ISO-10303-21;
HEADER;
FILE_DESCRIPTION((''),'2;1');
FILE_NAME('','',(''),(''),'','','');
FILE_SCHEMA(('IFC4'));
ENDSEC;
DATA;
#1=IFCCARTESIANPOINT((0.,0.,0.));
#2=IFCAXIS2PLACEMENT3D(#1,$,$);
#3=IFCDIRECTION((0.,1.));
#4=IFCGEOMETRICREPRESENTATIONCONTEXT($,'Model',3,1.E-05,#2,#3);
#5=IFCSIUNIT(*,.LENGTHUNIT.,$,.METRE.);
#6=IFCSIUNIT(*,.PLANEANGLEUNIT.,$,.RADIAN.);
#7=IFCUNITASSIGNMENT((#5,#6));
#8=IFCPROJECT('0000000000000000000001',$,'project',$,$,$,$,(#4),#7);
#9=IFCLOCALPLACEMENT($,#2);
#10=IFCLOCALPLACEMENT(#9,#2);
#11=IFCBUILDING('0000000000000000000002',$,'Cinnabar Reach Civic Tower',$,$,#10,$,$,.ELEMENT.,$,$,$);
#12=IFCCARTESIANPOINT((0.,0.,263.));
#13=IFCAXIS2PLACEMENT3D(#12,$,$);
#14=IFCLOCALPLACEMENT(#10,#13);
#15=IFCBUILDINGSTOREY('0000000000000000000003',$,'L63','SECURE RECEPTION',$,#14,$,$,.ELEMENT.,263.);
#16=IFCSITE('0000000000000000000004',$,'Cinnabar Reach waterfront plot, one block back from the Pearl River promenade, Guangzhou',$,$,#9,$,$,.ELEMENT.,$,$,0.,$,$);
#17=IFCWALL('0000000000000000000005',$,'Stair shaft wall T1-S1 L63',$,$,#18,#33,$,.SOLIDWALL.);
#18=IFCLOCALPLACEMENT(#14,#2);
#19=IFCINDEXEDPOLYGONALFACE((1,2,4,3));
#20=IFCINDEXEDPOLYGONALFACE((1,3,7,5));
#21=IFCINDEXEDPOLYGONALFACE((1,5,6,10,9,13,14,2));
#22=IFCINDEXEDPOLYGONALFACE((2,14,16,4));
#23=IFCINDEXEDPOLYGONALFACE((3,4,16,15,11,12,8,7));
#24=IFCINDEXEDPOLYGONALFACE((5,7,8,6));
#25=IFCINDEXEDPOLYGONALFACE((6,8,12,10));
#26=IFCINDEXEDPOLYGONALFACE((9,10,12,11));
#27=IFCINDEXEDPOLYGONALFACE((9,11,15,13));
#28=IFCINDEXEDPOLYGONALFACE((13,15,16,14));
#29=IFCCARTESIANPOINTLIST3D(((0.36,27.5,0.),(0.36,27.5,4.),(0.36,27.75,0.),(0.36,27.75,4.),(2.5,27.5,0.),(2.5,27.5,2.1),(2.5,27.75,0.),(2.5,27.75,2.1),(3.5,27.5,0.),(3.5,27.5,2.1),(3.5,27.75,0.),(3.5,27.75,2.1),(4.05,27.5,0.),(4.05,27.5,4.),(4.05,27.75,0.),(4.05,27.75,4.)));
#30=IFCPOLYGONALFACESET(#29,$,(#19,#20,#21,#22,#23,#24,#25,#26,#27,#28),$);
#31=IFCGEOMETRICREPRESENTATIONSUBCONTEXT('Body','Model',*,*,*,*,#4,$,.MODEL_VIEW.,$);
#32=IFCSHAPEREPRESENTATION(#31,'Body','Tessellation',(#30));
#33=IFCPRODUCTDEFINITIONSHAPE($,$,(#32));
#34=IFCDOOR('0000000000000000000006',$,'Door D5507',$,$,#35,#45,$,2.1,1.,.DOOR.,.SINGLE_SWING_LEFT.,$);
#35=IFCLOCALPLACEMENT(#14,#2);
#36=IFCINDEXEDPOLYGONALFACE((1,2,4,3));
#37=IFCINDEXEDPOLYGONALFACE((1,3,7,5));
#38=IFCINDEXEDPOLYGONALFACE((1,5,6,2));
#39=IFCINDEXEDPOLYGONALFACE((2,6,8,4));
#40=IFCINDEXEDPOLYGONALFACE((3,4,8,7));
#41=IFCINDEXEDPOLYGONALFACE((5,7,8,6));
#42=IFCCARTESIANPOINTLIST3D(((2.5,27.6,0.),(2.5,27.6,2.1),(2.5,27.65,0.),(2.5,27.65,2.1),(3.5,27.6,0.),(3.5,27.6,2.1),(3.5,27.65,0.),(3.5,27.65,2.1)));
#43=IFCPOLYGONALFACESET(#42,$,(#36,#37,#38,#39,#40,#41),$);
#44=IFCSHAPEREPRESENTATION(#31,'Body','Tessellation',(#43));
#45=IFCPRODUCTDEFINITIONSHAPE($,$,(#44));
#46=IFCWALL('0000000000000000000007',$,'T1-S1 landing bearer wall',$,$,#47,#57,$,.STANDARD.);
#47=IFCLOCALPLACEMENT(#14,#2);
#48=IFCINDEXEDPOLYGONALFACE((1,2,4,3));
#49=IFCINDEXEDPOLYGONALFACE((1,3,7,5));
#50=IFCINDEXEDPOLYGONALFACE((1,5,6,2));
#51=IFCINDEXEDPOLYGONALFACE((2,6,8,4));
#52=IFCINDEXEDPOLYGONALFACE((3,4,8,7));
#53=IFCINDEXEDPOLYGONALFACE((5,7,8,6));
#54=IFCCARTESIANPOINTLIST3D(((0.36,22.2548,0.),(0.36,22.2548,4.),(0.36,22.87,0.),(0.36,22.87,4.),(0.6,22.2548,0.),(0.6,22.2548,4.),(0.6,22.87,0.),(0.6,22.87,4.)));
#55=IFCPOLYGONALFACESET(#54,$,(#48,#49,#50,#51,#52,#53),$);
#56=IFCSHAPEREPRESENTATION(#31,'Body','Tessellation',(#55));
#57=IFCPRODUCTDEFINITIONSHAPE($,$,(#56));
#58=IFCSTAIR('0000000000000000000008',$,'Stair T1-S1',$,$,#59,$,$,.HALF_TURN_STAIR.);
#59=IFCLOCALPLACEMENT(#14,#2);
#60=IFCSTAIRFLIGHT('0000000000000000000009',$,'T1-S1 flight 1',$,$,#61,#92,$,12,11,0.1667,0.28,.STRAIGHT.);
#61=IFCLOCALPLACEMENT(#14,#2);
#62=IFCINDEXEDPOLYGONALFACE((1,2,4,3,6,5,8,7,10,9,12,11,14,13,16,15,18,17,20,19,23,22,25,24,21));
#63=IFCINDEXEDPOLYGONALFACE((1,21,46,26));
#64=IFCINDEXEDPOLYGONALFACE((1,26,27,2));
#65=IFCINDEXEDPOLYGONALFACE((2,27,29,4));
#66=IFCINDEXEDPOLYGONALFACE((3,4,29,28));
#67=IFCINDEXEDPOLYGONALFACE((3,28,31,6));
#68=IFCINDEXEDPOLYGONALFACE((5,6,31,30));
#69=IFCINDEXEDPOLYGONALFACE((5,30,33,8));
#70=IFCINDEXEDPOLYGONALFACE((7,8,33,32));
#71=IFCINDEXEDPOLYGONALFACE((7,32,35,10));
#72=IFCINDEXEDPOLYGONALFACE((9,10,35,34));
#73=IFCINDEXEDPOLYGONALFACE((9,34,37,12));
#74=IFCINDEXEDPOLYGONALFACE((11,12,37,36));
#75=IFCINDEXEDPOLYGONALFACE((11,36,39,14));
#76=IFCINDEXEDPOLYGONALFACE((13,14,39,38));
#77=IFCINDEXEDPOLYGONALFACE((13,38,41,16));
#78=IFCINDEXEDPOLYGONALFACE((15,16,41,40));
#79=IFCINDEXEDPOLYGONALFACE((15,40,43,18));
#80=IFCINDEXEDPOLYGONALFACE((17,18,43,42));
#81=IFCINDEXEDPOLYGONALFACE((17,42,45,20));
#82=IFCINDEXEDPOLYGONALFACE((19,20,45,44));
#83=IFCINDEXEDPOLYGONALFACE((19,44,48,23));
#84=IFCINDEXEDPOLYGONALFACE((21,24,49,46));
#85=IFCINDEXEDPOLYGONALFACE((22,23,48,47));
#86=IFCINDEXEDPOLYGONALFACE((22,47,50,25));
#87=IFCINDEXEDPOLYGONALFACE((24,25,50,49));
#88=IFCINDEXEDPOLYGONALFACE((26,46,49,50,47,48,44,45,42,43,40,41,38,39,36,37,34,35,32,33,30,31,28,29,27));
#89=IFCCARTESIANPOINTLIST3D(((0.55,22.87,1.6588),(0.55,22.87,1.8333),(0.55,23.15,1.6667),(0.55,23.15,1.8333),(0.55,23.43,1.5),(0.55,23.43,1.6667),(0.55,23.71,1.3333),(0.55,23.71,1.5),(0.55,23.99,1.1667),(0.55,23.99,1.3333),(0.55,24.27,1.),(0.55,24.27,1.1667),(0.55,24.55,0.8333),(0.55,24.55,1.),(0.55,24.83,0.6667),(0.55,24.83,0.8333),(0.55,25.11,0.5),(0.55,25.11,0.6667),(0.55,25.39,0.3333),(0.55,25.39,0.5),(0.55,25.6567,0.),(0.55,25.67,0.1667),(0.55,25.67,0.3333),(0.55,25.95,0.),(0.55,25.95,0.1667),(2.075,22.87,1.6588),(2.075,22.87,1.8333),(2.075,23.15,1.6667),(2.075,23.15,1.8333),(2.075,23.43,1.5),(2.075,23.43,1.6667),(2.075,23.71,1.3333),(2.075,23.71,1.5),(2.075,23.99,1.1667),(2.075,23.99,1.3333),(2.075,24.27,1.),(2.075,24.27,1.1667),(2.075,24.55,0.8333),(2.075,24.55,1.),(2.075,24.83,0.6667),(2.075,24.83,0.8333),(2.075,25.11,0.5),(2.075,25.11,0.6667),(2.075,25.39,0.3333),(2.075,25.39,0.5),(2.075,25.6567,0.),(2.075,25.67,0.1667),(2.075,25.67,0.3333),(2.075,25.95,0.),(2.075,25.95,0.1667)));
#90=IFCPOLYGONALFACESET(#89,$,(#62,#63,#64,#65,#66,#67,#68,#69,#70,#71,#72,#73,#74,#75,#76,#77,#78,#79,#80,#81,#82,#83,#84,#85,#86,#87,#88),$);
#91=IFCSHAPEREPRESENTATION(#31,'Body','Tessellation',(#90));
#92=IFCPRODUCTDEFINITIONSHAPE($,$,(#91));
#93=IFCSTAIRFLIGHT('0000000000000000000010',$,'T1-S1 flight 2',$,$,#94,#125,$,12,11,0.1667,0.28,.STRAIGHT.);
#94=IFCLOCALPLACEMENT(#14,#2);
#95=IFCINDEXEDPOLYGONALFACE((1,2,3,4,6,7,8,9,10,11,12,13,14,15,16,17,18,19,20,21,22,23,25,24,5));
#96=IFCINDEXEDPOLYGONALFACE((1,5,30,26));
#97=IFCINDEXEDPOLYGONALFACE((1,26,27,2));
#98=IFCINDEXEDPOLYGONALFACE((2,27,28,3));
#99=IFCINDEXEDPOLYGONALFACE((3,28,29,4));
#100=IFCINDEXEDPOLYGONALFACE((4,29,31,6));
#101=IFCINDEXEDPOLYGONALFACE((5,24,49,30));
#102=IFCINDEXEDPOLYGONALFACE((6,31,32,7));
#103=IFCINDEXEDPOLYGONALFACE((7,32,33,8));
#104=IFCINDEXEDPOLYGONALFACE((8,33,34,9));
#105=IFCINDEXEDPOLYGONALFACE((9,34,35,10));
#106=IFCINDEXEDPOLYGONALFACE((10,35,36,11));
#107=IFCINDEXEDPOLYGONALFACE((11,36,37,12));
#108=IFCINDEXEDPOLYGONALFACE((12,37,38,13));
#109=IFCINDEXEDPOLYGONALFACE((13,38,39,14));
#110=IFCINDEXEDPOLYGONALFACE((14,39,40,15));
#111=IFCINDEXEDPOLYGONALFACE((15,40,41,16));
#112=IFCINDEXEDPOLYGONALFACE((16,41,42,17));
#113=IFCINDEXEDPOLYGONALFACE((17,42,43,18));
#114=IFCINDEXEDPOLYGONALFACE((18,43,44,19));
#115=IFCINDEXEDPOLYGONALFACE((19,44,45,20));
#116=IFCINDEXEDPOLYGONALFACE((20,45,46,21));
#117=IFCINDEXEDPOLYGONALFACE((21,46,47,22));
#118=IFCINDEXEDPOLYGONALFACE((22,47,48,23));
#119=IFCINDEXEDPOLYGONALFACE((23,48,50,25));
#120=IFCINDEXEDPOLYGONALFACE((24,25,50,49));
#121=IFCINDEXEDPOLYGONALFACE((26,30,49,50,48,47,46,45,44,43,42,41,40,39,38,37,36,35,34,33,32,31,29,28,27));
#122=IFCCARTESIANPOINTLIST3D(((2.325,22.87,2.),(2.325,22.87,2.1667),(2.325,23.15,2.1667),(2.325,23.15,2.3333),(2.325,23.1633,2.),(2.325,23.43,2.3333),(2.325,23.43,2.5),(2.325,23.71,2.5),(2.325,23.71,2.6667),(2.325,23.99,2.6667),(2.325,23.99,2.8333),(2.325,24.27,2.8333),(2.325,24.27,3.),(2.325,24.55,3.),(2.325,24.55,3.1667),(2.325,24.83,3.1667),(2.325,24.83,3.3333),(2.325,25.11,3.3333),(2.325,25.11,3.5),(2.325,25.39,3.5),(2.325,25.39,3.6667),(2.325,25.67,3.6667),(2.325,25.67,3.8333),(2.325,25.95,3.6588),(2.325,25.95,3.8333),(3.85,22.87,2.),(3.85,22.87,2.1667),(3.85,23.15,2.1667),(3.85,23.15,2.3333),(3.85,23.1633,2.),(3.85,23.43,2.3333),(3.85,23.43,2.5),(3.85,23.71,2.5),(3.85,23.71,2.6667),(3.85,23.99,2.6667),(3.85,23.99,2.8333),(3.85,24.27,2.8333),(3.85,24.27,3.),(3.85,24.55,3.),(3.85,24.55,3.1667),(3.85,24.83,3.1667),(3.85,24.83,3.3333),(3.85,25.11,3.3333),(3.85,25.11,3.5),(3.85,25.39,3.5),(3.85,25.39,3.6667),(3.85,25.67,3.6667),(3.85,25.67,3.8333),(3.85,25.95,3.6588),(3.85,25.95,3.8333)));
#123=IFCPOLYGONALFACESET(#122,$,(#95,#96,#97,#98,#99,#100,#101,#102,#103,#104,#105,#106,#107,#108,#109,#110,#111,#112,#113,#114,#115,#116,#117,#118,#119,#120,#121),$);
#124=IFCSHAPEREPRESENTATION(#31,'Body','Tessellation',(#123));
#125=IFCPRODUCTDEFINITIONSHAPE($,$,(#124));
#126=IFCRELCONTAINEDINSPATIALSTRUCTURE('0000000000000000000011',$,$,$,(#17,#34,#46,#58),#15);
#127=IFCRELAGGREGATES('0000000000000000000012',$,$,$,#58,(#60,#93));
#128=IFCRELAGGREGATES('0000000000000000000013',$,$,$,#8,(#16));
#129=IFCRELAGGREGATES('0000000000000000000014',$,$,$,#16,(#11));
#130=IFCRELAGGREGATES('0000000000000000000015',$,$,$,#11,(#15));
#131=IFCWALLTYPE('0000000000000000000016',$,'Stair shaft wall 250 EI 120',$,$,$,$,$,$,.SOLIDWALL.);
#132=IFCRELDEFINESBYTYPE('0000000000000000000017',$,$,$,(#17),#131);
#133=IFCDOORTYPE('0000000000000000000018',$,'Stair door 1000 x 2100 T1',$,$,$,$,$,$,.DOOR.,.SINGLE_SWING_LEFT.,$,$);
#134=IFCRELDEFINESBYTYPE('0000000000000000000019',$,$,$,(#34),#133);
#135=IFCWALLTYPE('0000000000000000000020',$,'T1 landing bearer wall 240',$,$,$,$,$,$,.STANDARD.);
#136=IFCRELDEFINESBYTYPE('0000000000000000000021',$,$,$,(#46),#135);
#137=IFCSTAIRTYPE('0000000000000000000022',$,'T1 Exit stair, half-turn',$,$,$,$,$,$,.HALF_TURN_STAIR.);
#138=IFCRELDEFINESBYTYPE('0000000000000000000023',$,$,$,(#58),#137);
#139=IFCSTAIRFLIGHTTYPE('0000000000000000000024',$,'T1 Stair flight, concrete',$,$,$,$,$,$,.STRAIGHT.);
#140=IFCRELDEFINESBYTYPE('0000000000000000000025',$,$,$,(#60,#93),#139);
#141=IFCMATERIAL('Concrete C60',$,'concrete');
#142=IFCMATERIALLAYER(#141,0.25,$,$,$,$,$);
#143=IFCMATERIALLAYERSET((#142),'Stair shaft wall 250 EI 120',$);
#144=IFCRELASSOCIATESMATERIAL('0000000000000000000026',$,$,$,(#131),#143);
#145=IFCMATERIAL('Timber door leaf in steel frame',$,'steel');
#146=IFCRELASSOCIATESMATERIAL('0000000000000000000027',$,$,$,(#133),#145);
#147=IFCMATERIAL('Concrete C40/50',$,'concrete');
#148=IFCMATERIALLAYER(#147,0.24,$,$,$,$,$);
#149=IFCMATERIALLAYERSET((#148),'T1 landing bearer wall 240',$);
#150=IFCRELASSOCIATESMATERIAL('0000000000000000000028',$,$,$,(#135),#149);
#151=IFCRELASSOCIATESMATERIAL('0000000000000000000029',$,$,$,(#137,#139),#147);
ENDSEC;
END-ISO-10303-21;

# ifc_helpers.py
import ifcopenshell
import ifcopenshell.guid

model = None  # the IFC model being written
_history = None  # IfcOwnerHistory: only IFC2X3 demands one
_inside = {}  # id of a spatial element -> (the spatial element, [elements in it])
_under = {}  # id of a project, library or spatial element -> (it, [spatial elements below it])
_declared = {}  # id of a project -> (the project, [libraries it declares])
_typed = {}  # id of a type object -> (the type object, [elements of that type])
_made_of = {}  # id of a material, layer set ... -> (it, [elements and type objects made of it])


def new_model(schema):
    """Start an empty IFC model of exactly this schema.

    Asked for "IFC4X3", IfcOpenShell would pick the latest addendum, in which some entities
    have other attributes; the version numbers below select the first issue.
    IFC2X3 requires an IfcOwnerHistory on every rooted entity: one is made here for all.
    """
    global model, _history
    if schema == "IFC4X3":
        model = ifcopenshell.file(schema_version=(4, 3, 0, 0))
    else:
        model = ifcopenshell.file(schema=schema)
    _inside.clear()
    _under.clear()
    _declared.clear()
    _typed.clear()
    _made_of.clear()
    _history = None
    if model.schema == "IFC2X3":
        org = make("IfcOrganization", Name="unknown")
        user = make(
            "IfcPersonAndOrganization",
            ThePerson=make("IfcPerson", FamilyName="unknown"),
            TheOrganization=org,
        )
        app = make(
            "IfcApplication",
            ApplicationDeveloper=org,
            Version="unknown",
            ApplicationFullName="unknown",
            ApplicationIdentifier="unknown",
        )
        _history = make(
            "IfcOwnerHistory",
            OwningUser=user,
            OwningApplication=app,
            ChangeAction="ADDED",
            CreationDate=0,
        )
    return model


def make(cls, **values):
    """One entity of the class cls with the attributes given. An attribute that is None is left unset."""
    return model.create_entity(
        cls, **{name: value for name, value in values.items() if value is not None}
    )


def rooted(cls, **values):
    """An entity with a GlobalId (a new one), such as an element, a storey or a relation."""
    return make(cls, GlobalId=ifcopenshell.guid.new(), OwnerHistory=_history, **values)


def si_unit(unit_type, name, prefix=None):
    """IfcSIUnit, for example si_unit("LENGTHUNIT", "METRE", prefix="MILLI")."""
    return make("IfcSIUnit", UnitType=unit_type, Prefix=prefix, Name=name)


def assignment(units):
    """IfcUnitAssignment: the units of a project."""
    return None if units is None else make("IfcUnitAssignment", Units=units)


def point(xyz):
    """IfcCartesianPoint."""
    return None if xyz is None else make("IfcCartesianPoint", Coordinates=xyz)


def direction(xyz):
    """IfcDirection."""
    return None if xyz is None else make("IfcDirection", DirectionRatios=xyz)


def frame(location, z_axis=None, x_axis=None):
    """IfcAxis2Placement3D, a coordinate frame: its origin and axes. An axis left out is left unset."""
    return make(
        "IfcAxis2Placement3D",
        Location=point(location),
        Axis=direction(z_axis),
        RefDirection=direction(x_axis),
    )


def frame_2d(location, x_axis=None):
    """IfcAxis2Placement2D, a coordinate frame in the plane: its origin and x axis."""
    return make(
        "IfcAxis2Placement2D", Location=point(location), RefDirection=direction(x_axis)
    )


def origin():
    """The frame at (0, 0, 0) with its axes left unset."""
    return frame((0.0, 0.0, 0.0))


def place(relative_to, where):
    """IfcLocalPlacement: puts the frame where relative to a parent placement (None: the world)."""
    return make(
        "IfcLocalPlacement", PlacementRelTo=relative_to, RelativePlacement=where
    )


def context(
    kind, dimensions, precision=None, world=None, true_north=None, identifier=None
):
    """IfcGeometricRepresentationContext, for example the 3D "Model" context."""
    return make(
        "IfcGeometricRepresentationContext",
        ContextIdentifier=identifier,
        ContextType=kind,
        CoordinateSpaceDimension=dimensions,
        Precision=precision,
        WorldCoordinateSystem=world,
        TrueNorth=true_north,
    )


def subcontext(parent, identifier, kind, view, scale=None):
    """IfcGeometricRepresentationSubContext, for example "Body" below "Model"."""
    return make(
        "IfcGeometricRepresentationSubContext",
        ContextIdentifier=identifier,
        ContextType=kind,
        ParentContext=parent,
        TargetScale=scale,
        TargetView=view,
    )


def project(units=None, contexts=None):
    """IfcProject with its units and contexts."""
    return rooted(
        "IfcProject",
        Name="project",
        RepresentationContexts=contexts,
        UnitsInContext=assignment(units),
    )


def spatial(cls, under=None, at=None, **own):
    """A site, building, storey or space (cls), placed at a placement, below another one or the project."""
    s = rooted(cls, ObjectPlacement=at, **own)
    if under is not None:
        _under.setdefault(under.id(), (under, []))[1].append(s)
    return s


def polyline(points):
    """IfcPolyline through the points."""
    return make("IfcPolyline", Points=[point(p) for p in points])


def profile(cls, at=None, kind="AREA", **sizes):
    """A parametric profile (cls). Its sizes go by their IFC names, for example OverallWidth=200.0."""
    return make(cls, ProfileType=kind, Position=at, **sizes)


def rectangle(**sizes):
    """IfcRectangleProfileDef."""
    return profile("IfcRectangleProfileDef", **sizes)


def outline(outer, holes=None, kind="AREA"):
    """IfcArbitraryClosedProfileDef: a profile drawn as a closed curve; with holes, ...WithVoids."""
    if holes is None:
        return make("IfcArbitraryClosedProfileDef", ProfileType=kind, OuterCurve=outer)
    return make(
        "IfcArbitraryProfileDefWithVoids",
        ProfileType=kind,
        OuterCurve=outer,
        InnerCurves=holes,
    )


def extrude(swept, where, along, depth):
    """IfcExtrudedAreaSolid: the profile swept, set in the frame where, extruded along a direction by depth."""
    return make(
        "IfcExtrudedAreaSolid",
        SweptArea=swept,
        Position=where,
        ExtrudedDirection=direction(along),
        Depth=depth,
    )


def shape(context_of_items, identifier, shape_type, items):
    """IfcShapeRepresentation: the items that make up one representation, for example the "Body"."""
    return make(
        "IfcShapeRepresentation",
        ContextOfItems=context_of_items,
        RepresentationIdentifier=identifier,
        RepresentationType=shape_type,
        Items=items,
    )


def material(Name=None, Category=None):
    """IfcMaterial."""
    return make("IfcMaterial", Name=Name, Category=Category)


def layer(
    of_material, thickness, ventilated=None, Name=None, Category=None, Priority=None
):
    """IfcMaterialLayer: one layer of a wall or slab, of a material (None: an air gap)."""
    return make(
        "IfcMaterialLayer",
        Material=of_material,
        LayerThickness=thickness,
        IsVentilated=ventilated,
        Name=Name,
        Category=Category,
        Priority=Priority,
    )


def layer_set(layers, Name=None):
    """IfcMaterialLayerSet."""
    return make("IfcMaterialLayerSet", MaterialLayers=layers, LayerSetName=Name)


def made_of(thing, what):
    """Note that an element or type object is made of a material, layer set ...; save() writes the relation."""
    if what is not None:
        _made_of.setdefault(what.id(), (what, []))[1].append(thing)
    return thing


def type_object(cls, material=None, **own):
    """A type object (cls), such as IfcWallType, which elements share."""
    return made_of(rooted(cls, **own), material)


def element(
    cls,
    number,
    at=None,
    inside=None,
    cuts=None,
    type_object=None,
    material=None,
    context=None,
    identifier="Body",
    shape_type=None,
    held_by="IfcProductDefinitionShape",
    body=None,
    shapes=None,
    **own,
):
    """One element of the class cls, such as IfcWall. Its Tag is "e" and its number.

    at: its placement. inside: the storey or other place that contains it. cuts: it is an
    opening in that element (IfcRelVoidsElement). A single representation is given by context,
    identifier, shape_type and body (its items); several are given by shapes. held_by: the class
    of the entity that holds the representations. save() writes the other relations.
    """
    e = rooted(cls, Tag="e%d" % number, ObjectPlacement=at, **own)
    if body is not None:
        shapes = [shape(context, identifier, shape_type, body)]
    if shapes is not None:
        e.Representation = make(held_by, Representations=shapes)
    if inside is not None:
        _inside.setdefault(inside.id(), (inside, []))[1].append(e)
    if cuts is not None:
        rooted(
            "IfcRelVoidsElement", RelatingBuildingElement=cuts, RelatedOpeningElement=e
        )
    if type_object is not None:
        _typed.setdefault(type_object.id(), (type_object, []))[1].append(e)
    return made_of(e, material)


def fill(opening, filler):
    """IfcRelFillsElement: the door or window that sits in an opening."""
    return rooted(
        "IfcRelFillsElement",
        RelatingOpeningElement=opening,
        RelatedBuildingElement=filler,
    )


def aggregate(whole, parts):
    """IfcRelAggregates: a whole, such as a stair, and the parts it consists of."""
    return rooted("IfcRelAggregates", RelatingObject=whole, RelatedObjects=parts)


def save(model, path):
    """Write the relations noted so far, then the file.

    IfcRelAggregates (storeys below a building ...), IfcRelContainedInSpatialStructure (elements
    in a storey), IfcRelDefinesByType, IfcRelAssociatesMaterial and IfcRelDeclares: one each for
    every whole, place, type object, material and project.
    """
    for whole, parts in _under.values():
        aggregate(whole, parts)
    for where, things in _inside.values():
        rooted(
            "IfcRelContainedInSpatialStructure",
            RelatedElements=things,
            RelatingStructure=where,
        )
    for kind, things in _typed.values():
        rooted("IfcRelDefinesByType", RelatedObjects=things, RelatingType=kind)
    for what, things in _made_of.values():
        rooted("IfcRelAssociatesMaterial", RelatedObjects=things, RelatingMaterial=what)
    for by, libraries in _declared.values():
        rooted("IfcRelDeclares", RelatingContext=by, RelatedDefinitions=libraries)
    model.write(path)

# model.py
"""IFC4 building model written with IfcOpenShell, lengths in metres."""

from ifc_helpers import new_model, si_unit, direction, frame, frame_2d, origin, place, context, subcontext, project, spatial, polyline, rectangle, outline, extrude, material, layer, layer_set, type_object, element, fill, aggregate, save


model = new_model("IFC4")

# Units and contexts
model_context = context("Model", 3, precision=1e-05, world=origin(), true_north=direction((0.0, 1.0)))
body_context = subcontext(model_context, "Body", "Model", "MODEL_VIEW")
ifc_project = project(units=[si_unit("LENGTHUNIT", "METRE"), si_unit("PLANEANGLEUNIT", "RADIAN")], contexts=[model_context])

# Site, building, storey
site_placement = place(None, origin())
site = spatial("IfcSite", under=ifc_project, at=site_placement, Name="Cinnabar Reach waterfront plot, one block back from the Pearl River promenade, Guangzhou", CompositionType="ELEMENT", RefElevation=0.0)
building_placement = place(site_placement, origin())
building = spatial("IfcBuilding", under=site, at=building_placement, Name="Cinnabar Reach Civic Tower", CompositionType="ELEMENT")
storey_placement = place(building_placement, frame((0.0, 0.0, 263.0)))
storey = spatial("IfcBuildingStorey", under=building, at=storey_placement, Name="L63", Description="SECURE RECEPTION", CompositionType="ELEMENT", Elevation=263.0)

# Shared definitions
ifc_material_1 = material(Name="Concrete C60", Category="concrete")

# Shared definitions
ifc_material_2 = material(Name="Timber door leaf in steel frame", Category="steel")

# Wall, opening, door
ifc_layer_1 = layer(ifc_material_1, 0.25)
ifc_layer_set_1 = layer_set([ifc_layer_1], Name="Stair shaft wall 250 EI 120")
wall_type_1 = type_object("IfcWallType", Name="Stair shaft wall 250 EI 120", PredefinedType="SOLIDWALL", material=ifc_layer_set_1)
wall_1_placement = place(storey_placement, frame((4.05, 27.625, 0.0), z_axis=(0.0, 0.0, 1.0), x_axis=(-1.0, 0.0, 0.0)))
wall_1 = element("IfcWall", 1, at=wall_1_placement, inside=storey, type_object=wall_type_1, Name="Stair shaft wall T1-S1 L63", PredefinedType="SOLIDWALL", context=body_context, shape_type="SweptSolid", body=[
    extrude(rectangle(XDim=3.69, YDim=0.25, at=frame_2d((1.845, 0.0))), origin(), (0.0, 0.0, 1.0), 4.0),
])
opening_1_placement = place(wall_1_placement, frame((0.55, 0.0, 0.0)))
opening_1 = element("IfcOpeningElement", 2, at=opening_1_placement, cuts=wall_1, PredefinedType="OPENING", context=body_context, shape_type="SweptSolid", body=[
    extrude(rectangle(XDim=1.0, YDim=2.1, at=frame_2d((0.5, 1.05))), frame((0.0, 0.135, 0.0), z_axis=(0.0, -1.0, 0.0), x_axis=(1.0, 0.0, 0.0)), (0.0, 0.0, 1.0), 0.27),
])
door_type_1 = type_object("IfcDoorType", Name="Stair door 1000 x 2100 T1", OperationType="SINGLE_SWING_LEFT", PredefinedType="DOOR", material=ifc_material_2)
door_1_placement = place(opening_1_placement, origin())
door_1 = element("IfcDoor", 3, at=door_1_placement, inside=storey, type_object=door_type_1, Name="Door D5507", OperationType="SINGLE_SWING_LEFT", OverallHeight=2.1, OverallWidth=1.0, PredefinedType="DOOR", context=body_context, shape_type="SweptSolid", body=[
    extrude(rectangle(XDim=1.0, YDim=2.1, at=frame_2d((0.5, 1.05))), frame((0.0, 0.025, 0.0), z_axis=(0.0, -1.0, 0.0), x_axis=(1.0, 0.0, 0.0)), (0.0, 0.0, 1.0), 0.05),
])
fill(opening_1, door_1)

# Wall
ifc_material_3 = material(Name="Concrete C40/50", Category="concrete")
ifc_layer_2 = layer(ifc_material_3, 0.24)
ifc_layer_set_2 = layer_set([ifc_layer_2], Name="T1 landing bearer wall 240")
wall_type_2 = type_object("IfcWallType", Name="T1 landing bearer wall 240", PredefinedType="STANDARD", material=ifc_layer_set_2)
wall_2_placement = place(storey_placement, frame((0.48, 22.2549, 0.0), z_axis=(0.0, 0.0, 1.0), x_axis=(0.0, 1.0, 0.0)))
element("IfcWall", 4, at=wall_2_placement, inside=storey, type_object=wall_type_2, Name="T1-S1 landing bearer wall", PredefinedType="STANDARD", context=body_context, shape_type="SweptSolid", body=[
    extrude(rectangle(XDim=0.6151, YDim=0.24, at=frame_2d((0.3075, 0.0))), origin(), (0.0, 0.0, 1.0), 4.0),
])

# Stair, stair flights
stair_type = type_object("IfcStairType", Name="T1 Exit stair, half-turn", PredefinedType="HALF_TURN_STAIR", material=ifc_material_3)
stair_placement = place(storey_placement, origin())
stair = element("IfcStair", 5, at=stair_placement, inside=storey, type_object=stair_type, Name="Stair T1-S1", PredefinedType="HALF_TURN_STAIR")
stair_flight_type = type_object("IfcStairFlightType", Name="T1 Stair flight, concrete", PredefinedType="STRAIGHT", material=ifc_material_3)
stair_flight_1_placement = place(storey_placement, frame((1.3125, 25.95, 0.0), z_axis=(0.0, 0.0, 1.0), x_axis=(0.0, -1.0, 0.0)))
stair_flight_1 = element("IfcStairFlight", 6, at=stair_flight_1_placement, type_object=stair_flight_type, Name="T1-S1 flight 1", NumberOfRisers=12, NumberOfTreads=11, PredefinedType="STRAIGHT", RiserHeight=0.1667, TreadLength=0.28, context=body_context, shape_type="SweptSolid", body=[
    extrude(outline(polyline([(0.0, 0.0), (0.0, 0.1667), (0.28, 0.1667), (0.28, 0.3333), (0.56, 0.3333), (0.56, 0.5), (0.84, 0.5), (0.84, 0.6667), (1.12, 0.6667), (1.12, 0.8333), (1.4, 0.8333), (1.4, 1.0), (1.68, 1.0), (1.68, 1.1667), (1.96, 1.1667), (1.96, 1.3333), (2.24, 1.3333), (2.24, 1.5), (2.52, 1.5), (2.52, 1.6667), (2.8, 1.6667), (2.8, 1.8333), (3.08, 1.8333), (3.08, 2.0), (3.08, 1.6588), (0.2933, 0.0), (0.0, 0.0)])), frame((0.0, 0.7625, 0.0), z_axis=(0.0, -1.0, 0.0), x_axis=(1.0, 0.0, 0.0)), (0.0, 0.0, 1.0), 1.525),
])
stair_flight_2_placement = place(storey_placement, frame((3.0875, 22.87, 2.0), z_axis=(0.0, 0.0, 1.0), x_axis=(0.0, 1.0, 0.0)))
stair_flight_2 = element("IfcStairFlight", 7, at=stair_flight_2_placement, type_object=stair_flight_type, Name="T1-S1 flight 2", NumberOfRisers=12, NumberOfTreads=11, PredefinedType="STRAIGHT", RiserHeight=0.1667, TreadLength=0.28, context=body_context, shape_type="SweptSolid", body=[
    extrude(outline(polyline([(0.0, 0.0), (0.0, 0.1667), (0.28, 0.1667), (0.28, 0.3333), (0.56, 0.3333), (0.56, 0.5), (0.84, 0.5), (0.84, 0.6667), (1.12, 0.6667), (1.12, 0.8333), (1.4, 0.8333), (1.4, 1.0), (1.68, 1.0), (1.68, 1.1667), (1.96, 1.1667), (1.96, 1.3333), (2.24, 1.3333), (2.24, 1.5), (2.52, 1.5), (2.52, 1.6667), (2.8, 1.6667), (2.8, 1.8333), (3.08, 1.8333), (3.08, 2.0), (3.08, 1.6588), (0.2933, 0.0), (0.0, 0.0)])), frame((0.0, 0.7625, 0.0), z_axis=(0.0, -1.0, 0.0), x_axis=(1.0, 0.0, 0.0)), (0.0, 0.0, 1.0), 1.525),
])
aggregate(stair, [stair_flight_1, stair_flight_2])

save(model, "model.ifc")
